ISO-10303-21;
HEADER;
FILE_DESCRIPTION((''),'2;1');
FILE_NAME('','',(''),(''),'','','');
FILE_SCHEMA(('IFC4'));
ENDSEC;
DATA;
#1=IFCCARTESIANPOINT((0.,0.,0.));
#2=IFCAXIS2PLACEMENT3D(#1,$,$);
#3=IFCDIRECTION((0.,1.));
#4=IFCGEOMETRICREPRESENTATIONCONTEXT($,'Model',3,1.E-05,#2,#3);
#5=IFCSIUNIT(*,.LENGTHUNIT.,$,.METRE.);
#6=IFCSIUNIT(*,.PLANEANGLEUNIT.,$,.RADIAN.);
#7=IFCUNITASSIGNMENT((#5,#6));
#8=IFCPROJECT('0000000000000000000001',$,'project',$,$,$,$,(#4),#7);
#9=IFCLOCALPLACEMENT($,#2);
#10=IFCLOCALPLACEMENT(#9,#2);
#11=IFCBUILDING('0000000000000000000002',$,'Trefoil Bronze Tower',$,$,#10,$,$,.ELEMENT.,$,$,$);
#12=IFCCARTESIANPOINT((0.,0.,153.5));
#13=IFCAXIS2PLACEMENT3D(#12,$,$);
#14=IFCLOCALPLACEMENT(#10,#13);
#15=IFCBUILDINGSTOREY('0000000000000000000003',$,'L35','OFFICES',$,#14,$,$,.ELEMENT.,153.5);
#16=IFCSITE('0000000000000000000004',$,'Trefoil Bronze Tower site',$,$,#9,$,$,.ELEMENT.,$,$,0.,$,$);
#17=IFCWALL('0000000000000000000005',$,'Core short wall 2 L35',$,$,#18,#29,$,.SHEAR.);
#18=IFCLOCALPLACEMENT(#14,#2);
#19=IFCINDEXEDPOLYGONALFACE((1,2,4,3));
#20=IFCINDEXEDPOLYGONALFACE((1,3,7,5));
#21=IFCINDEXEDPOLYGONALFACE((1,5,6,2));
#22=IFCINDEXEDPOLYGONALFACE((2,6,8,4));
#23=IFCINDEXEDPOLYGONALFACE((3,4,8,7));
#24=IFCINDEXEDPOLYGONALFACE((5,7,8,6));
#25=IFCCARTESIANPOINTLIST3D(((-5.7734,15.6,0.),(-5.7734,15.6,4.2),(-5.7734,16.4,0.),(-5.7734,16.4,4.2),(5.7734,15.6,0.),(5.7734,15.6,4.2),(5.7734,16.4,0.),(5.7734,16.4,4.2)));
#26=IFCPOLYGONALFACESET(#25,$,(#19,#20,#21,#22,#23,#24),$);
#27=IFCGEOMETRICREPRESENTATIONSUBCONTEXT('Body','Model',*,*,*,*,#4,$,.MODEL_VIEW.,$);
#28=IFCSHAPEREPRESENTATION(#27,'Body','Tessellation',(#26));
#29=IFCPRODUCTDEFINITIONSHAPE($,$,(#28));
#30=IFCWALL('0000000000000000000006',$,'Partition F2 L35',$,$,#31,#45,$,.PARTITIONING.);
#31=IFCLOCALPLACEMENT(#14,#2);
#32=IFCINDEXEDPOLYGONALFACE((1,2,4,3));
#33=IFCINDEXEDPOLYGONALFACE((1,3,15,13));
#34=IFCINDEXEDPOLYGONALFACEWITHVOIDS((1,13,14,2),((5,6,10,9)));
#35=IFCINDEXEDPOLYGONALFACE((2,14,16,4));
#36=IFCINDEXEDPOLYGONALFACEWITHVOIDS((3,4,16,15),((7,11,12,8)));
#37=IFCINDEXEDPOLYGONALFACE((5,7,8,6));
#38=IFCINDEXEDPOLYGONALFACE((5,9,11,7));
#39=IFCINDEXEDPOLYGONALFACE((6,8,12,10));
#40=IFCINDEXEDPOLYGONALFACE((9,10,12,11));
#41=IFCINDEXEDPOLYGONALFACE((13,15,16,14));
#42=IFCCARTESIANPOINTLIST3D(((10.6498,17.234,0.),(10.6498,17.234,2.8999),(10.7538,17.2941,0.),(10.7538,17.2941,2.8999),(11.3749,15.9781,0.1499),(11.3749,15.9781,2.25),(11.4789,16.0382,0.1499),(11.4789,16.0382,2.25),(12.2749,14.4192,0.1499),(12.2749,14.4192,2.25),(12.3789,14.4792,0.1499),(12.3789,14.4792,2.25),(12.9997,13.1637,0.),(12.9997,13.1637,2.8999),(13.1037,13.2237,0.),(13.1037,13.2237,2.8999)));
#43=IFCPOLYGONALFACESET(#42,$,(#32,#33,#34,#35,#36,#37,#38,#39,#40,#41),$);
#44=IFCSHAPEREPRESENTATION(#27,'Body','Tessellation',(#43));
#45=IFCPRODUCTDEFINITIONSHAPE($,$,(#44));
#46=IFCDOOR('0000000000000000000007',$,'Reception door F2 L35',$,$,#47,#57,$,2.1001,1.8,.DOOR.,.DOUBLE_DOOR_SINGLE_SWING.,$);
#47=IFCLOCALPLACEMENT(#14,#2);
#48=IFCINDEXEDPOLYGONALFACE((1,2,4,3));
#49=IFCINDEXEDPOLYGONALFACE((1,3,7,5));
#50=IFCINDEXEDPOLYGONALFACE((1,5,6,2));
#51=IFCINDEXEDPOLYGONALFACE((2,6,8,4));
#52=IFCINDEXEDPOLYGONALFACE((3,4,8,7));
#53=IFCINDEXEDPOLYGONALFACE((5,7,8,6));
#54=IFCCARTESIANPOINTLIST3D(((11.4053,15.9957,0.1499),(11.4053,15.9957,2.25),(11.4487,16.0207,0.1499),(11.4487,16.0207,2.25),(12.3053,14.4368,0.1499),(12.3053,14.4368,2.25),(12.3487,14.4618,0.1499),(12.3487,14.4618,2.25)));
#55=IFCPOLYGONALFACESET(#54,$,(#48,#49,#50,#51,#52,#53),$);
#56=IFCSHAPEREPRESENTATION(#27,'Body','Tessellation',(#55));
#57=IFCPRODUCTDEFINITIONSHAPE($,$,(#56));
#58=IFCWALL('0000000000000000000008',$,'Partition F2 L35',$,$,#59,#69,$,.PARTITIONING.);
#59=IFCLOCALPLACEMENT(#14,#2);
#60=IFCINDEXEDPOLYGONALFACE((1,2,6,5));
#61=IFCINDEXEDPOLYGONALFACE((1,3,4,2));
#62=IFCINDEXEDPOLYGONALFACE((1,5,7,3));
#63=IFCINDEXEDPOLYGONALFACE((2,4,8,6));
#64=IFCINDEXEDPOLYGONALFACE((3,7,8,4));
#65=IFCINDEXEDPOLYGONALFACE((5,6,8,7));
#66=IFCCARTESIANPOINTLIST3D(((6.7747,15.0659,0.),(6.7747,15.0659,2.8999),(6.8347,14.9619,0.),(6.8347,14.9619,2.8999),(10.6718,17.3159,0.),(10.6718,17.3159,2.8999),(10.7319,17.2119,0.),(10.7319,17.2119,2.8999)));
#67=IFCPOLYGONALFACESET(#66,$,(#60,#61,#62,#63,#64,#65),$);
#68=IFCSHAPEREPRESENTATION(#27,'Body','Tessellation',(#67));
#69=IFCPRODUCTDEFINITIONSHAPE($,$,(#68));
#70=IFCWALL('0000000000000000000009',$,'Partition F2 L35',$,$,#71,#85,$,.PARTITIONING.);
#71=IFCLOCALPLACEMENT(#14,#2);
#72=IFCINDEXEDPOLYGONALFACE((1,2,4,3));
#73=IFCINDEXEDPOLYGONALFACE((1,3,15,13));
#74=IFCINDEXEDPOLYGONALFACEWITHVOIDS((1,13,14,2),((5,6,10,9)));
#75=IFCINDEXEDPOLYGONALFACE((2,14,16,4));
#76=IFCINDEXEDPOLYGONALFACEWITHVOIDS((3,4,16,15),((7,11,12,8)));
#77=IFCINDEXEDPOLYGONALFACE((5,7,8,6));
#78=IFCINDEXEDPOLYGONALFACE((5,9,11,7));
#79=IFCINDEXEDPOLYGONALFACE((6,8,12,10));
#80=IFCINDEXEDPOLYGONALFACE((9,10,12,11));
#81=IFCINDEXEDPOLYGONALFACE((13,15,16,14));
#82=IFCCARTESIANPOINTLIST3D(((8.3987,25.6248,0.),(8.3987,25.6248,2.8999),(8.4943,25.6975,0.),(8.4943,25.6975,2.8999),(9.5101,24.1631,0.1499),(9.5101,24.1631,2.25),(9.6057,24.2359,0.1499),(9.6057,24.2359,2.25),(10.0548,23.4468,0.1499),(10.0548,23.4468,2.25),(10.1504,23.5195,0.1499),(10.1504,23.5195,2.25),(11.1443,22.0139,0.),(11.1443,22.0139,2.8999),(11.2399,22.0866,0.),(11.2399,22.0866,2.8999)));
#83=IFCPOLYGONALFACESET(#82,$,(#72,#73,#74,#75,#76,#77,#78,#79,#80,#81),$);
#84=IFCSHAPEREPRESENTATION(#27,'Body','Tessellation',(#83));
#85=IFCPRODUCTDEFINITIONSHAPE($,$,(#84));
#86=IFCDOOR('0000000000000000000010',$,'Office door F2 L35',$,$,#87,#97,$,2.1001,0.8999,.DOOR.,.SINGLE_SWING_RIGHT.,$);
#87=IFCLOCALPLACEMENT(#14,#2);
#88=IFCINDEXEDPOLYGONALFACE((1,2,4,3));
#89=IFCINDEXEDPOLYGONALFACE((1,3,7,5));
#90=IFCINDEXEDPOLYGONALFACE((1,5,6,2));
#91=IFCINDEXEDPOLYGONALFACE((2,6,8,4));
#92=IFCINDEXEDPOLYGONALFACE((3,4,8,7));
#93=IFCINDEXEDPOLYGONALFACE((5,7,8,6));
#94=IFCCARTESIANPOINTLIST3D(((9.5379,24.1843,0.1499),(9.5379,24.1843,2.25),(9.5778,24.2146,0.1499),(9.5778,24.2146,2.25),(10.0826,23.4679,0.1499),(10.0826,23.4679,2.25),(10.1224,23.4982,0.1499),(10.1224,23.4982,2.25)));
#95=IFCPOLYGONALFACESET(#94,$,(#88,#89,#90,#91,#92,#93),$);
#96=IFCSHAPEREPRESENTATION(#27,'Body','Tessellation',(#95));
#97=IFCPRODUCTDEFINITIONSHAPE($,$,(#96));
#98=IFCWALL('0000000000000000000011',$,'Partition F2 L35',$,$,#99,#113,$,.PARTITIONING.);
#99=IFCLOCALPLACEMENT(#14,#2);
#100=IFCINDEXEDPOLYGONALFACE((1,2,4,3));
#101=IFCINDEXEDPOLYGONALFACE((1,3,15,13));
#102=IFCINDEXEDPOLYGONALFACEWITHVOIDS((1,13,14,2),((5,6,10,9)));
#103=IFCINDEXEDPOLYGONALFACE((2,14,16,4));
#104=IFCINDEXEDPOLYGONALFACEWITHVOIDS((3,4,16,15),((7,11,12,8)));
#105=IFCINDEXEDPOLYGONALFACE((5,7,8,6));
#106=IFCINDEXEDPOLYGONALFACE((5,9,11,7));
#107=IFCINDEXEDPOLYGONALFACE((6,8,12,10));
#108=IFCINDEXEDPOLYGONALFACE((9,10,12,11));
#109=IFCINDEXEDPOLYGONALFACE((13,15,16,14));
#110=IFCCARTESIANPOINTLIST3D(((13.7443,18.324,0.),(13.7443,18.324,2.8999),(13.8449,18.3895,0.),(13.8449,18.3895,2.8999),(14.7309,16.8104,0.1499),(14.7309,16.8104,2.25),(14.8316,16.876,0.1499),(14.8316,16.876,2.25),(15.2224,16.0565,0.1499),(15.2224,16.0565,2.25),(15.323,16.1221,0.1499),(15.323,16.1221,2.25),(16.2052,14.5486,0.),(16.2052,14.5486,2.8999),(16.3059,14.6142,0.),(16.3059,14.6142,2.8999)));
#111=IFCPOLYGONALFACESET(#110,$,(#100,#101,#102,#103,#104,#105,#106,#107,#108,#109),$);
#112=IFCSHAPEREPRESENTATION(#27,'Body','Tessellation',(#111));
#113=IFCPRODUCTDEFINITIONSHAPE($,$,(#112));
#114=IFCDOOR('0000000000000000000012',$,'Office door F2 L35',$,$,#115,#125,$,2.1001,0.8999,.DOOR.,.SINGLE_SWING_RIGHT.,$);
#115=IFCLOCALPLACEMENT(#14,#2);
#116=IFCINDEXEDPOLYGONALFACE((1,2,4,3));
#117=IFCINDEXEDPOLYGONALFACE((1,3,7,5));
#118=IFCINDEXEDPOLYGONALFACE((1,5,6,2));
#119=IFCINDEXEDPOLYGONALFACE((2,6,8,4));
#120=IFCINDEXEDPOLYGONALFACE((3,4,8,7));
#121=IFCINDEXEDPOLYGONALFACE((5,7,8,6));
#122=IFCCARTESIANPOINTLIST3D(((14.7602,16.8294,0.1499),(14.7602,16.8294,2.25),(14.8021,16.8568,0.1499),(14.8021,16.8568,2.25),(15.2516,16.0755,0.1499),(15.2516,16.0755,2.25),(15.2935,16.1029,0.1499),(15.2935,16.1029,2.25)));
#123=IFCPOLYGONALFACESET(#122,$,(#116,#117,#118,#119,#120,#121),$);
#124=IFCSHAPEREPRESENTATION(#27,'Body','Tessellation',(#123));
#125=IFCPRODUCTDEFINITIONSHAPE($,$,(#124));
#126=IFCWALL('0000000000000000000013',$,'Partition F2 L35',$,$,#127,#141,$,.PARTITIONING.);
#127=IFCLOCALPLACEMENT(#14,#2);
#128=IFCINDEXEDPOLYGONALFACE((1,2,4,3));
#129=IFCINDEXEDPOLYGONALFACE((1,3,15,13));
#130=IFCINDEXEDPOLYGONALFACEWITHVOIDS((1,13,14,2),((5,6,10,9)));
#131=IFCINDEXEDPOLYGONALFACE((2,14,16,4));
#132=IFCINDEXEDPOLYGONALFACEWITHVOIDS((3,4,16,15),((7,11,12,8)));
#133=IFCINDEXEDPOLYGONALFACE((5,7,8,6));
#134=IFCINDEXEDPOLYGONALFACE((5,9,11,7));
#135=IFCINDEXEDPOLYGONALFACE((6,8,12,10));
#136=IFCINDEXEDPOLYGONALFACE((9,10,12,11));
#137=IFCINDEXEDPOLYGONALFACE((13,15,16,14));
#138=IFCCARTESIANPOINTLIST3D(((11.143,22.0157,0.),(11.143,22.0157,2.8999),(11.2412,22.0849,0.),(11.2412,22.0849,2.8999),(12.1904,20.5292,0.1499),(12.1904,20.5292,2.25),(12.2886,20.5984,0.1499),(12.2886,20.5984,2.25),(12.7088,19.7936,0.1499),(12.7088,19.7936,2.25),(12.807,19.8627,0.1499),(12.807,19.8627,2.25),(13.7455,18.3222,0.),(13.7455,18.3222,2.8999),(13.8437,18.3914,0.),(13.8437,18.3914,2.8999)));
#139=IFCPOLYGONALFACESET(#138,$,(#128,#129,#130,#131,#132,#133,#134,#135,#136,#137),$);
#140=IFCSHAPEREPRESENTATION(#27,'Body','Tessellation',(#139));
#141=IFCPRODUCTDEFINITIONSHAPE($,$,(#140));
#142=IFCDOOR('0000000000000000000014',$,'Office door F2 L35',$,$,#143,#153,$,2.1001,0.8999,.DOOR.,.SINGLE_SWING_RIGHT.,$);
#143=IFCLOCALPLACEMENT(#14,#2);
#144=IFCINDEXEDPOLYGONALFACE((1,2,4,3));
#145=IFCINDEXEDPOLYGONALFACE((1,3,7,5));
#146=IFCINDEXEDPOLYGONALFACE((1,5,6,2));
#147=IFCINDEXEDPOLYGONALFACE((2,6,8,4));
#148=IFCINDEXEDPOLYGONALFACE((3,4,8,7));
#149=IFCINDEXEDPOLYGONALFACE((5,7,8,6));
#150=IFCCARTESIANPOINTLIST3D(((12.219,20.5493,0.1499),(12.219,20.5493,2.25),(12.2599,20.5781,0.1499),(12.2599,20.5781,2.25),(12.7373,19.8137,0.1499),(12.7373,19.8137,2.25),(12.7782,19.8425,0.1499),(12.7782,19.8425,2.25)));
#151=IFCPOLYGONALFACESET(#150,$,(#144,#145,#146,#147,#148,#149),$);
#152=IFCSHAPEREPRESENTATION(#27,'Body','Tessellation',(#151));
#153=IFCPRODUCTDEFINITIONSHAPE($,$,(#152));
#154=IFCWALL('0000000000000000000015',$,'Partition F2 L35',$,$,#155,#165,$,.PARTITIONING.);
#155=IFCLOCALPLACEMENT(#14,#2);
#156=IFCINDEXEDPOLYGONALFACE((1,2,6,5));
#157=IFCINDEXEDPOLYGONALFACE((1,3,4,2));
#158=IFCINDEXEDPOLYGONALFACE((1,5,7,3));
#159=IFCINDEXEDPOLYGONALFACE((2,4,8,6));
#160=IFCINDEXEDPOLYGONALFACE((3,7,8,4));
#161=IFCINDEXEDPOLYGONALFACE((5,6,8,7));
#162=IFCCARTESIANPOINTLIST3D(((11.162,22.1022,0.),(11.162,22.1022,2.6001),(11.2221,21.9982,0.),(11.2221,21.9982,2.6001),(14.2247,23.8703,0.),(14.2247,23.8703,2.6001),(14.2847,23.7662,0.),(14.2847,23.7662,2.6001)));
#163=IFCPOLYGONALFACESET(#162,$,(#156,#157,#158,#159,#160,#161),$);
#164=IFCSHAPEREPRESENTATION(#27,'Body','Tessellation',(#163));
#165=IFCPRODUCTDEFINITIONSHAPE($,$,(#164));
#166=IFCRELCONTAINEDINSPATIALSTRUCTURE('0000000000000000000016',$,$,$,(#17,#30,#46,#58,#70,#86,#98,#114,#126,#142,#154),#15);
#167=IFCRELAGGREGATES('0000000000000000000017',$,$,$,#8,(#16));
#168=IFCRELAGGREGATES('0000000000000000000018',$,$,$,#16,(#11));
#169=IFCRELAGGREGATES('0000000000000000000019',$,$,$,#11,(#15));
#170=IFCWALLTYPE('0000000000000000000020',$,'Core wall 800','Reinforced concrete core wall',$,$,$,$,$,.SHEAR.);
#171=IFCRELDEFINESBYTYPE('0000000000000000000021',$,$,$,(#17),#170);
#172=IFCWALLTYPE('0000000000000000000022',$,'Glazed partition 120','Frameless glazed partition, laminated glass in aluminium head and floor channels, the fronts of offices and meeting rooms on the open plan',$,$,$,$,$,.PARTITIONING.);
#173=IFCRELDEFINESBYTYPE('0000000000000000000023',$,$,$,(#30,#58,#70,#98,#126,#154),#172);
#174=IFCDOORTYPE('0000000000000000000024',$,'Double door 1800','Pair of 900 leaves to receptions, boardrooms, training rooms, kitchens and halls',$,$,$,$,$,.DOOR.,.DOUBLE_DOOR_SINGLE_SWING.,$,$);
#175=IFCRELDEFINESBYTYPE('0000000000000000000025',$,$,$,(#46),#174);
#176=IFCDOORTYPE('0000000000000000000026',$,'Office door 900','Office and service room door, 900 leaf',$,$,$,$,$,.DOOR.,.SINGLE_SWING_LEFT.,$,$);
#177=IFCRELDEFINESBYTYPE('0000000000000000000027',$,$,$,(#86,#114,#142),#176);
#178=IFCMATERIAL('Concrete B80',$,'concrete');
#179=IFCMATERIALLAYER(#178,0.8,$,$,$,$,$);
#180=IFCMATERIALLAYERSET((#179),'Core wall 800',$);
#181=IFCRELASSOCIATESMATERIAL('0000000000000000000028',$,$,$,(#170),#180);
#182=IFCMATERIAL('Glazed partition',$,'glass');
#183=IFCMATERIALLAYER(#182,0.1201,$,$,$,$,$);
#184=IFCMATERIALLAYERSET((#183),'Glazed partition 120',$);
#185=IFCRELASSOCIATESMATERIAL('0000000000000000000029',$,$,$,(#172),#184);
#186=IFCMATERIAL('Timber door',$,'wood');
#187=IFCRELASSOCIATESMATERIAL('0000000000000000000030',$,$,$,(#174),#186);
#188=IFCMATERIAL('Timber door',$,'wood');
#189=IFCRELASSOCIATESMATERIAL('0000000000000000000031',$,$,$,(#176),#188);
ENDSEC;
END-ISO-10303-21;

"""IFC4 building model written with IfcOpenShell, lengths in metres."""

from ifc_helpers import new_model, si_unit, direction, frame, frame_2d, origin, place, context, subcontext, project, spatial, rectangle, extrude, material, layer, layer_set, type_object, element, fill, save


model = new_model("IFC4")

# Units and contexts
model_context = context("Model", 3, precision=1e-05, world=origin(), true_north=direction((0.0, 1.0)))
body_context = subcontext(model_context, "Body", "Model", "MODEL_VIEW")
ifc_project = project(units=[si_unit("LENGTHUNIT", "METRE"), si_unit("PLANEANGLEUNIT", "RADIAN")], contexts=[model_context])

# Site, building, storey
site_placement = place(None, origin())
site = spatial("IfcSite", under=ifc_project, at=site_placement, Name="Trefoil Bronze Tower site", CompositionType="ELEMENT", RefElevation=0.0)
building_placement = place(site_placement, origin())
building = spatial("IfcBuilding", under=site, at=building_placement, Name="Trefoil Bronze Tower", CompositionType="ELEMENT")
storey_placement = place(building_placement, frame((0.0, 0.0, 153.5)))
storey = spatial("IfcBuildingStorey", under=building, at=storey_placement, Name="L35", Description="OFFICES", CompositionType="ELEMENT", Elevation=153.5)

# Wall
ifc_material_1 = material(Name="Concrete B80", Category="concrete")
ifc_layer_1 = layer(ifc_material_1, 0.8)
ifc_layer_set_1 = layer_set([ifc_layer_1], Name="Core wall 800")
wall_type_1 = type_object("IfcWallType", Name="Core wall 800", Description="Reinforced concrete core wall", PredefinedType="SHEAR", material=ifc_layer_set_1)
wall_1_placement = place(storey_placement, frame((5.7734, 16.0, 0.0), z_axis=(0.0, 0.0, 1.0), x_axis=(-1.0, 0.0, 0.0)))
element("IfcWall", 1, at=wall_1_placement, inside=storey, type_object=wall_type_1, Name="Core short wall 2 L35", PredefinedType="SHEAR", context=body_context, shape_type="SweptSolid", body=[
    extrude(rectangle(XDim=11.5469, YDim=0.8, at=frame_2d((5.7734, 0.0))), origin(), (0.0, 0.0, 1.0), 4.2),
])

# Wall, opening, door
ifc_material_2 = material(Name="Glazed partition", Category="glass")
ifc_layer_2 = layer(ifc_material_2, 0.1201)
ifc_layer_set_2 = layer_set([ifc_layer_2], Name="Glazed partition 120")
wall_type_2 = type_object("IfcWallType", Name="Glazed partition 120", Description="Frameless glazed partition, laminated glass in aluminium head and floor channels, the fronts of offices and meeting rooms on the open plan", PredefinedType="PARTITIONING", material=ifc_layer_set_2)
wall_2_placement = place(storey_placement, frame((13.0518, 13.1936, 0.0), z_axis=(0.0, 0.0, 1.0), x_axis=(-0.499977, 0.866039, 0.0)))
wall_2 = element("IfcWall", 2, at=wall_2_placement, inside=storey, type_object=wall_type_2, Name="Partition F2 L35", PredefinedType="PARTITIONING", context=body_context, shape_type="SweptSolid", body=[
    extrude(rectangle(XDim=4.7, YDim=0.1201, at=frame_2d((2.3501, 0.0))), origin(), (0.0, 0.0, 1.0), 2.8999),
])
opening_1_placement = place(wall_2_placement, frame((1.45, 0.0, 0.1499)))
opening_1 = element("IfcOpeningElement", 3, at=opening_1_placement, cuts=wall_2, PredefinedType="OPENING", context=body_context, shape_type="SweptSolid", body=[
    extrude(rectangle(XDim=1.8, YDim=2.1001, at=frame_2d((0.8999, 1.05))), frame((0.0, 0.0701, 0.0), z_axis=(0.0, -1.0, 0.0), x_axis=(1.0, 0.0, 0.0)), (0.0, 0.0, 1.0), 0.1401),
])
ifc_material_3 = material(Name="Timber door", Category="wood")
door_type_1 = type_object("IfcDoorType", Name="Double door 1800", Description="Pair of 900 leaves to receptions, boardrooms, training rooms, kitchens and halls", OperationType="DOUBLE_DOOR_SINGLE_SWING", PredefinedType="DOOR", material=ifc_material_3)
door_1_placement = place(opening_1_placement, origin())
door_1 = element("IfcDoor", 4, at=door_1_placement, inside=storey, type_object=door_type_1, Name="Reception door F2 L35", OperationType="DOUBLE_DOOR_SINGLE_SWING", OverallHeight=2.1001, OverallWidth=1.8, PredefinedType="DOOR", context=body_context, shape_type="SweptSolid", body=[
    extrude(rectangle(XDim=1.8, YDim=2.1001, at=frame_2d((0.8999, 1.05))), frame((0.0, 0.0249, 0.0), z_axis=(0.0, -1.0, 0.0), x_axis=(1.0, 0.0, 0.0)), (0.0, 0.0, 1.0), 0.05),
])
fill(opening_1, door_1)

# Wall
wall_3_placement = place(storey_placement, frame((6.8047, 15.0139, 0.0), z_axis=(0.0, 0.0, 1.0), x_axis=(0.866031, 0.49999, 0.0)))
element("IfcWall", 5, at=wall_3_placement, inside=storey, type_object=wall_type_2, Name="Partition F2 L35", PredefinedType="PARTITIONING", context=body_context, shape_type="SweptSolid", body=[
    extrude(rectangle(XDim=4.5, YDim=0.1201, at=frame_2d((2.25, 0.0))), origin(), (0.0, 0.0, 1.0), 2.8999),
])

# Walls, openings, doors
wall_4_placement = place(storey_placement, frame((11.1921, 22.0503, 0.0), z_axis=(0.0, 0.0, 1.0), x_axis=(-0.605274, 0.796017, 0.0)))
wall_4 = element("IfcWall", 6, at=wall_4_placement, inside=storey, type_object=wall_type_2, Name="Partition F2 L35", PredefinedType="PARTITIONING", context=body_context, shape_type="SweptSolid", body=[
    extrude(rectangle(XDim=4.5361, YDim=0.1201, at=frame_2d((2.2681, 0.0))), origin(), (0.0, 0.0, 1.0), 2.8999),
])
opening_2_placement = place(wall_4_placement, frame((1.8, 0.0, 0.1499)))
opening_2 = element("IfcOpeningElement", 7, at=opening_2_placement, cuts=wall_4, PredefinedType="OPENING", context=body_context, shape_type="SweptSolid", body=[
    extrude(rectangle(XDim=0.8999, YDim=2.1001, at=frame_2d((0.45, 1.05))), frame((0.0, 0.0701, 0.0), z_axis=(0.0, -1.0, 0.0), x_axis=(1.0, 0.0, 0.0)), (0.0, 0.0, 1.0), 0.1401),
])
ifc_material_4 = material(Name="Timber door", Category="wood")
door_type_2 = type_object("IfcDoorType", Name="Office door 900", Description="Office and service room door, 900 leaf", OperationType="SINGLE_SWING_LEFT", PredefinedType="DOOR", material=ifc_material_4)
door_2_placement = place(opening_2_placement, frame((0.8999, 0.0, 0.0), z_axis=(0.0, 0.0, 1.0), x_axis=(-1.0, 0.0, 0.0)))
door_2 = element("IfcDoor", 8, at=door_2_placement, inside=storey, type_object=door_type_2, Name="Office door F2 L35", OperationType="SINGLE_SWING_RIGHT", OverallHeight=2.1001, OverallWidth=0.8999, PredefinedType="DOOR", context=body_context, shape_type="SweptSolid", body=[
    extrude(rectangle(XDim=0.8999, YDim=2.1001, at=frame_2d((0.45, 1.05))), frame((0.0, 0.0249, 0.0), z_axis=(0.0, -1.0, 0.0), x_axis=(1.0, 0.0, 0.0)), (0.0, 0.0, 1.0), 0.05),
])
fill(opening_2, door_2)
wall_5_placement = place(storey_placement, frame((16.2556, 14.5813, 0.0), z_axis=(0.0, 0.0, 1.0), x_axis=(-0.546069, 0.83774, 0.0)))
wall_5 = element("IfcWall", 9, at=wall_5_placement, inside=storey, type_object=wall_type_2, Name="Partition F2 L35", PredefinedType="PARTITIONING", context=body_context, shape_type="SweptSolid", body=[
    extrude(rectangle(XDim=4.5066, YDim=0.1201, at=frame_2d((2.2534, 0.0))), origin(), (0.0, 0.0, 1.0), 2.8999),
])
opening_3_placement = place(wall_5_placement, frame((1.8, 0.0, 0.1499)))
opening_3 = element("IfcOpeningElement", 10, at=opening_3_placement, cuts=wall_5, PredefinedType="OPENING", context=body_context, shape_type="SweptSolid", body=[
    extrude(rectangle(XDim=0.8999, YDim=2.1001, at=frame_2d((0.45, 1.05))), frame((0.0, 0.0701, 0.0), z_axis=(0.0, -1.0, 0.0), x_axis=(1.0, 0.0, 0.0)), (0.0, 0.0, 1.0), 0.1401),
])
door_3_placement = place(opening_3_placement, frame((0.8999, 0.0, 0.0), z_axis=(0.0, 0.0, 1.0), x_axis=(-1.0, 0.0, 0.0)))
door_3 = element("IfcDoor", 11, at=door_3_placement, inside=storey, type_object=door_type_2, Name="Office door F2 L35", OperationType="SINGLE_SWING_RIGHT", OverallHeight=2.1001, OverallWidth=0.8999, PredefinedType="DOOR", context=body_context, shape_type="SweptSolid", body=[
    extrude(rectangle(XDim=0.8999, YDim=2.1001, at=frame_2d((0.45, 1.05))), frame((0.0, 0.0249, 0.0), z_axis=(0.0, -1.0, 0.0), x_axis=(1.0, 0.0, 0.0)), (0.0, 0.0, 1.0), 0.05),
])
fill(opening_3, door_3)
wall_6_placement = place(storey_placement, frame((13.7947, 18.3567, 0.0), z_axis=(0.0, 0.0, 1.0), x_axis=(-0.575987, 0.817459, 0.0)))
wall_6 = element("IfcWall", 12, at=wall_6_placement, inside=storey, type_object=wall_type_2, Name="Partition F2 L35", PredefinedType="PARTITIONING", context=body_context, shape_type="SweptSolid", body=[
    extrude(rectangle(XDim=4.5183, YDim=0.1201, at=frame_2d((2.2593, 0.0))), origin(), (0.0, 0.0, 1.0), 2.8999),
])
opening_4_placement = place(wall_6_placement, frame((1.8, 0.0, 0.1499)))
opening_4 = element("IfcOpeningElement", 13, at=opening_4_placement, cuts=wall_6, PredefinedType="OPENING", context=body_context, shape_type="SweptSolid", body=[
    extrude(rectangle(XDim=0.8999, YDim=2.1001, at=frame_2d((0.45, 1.05))), frame((0.0, 0.0701, 0.0), z_axis=(0.0, -1.0, 0.0), x_axis=(1.0, 0.0, 0.0)), (0.0, 0.0, 1.0), 0.1401),
])
door_4_placement = place(opening_4_placement, frame((0.8999, 0.0, 0.0), z_axis=(0.0, 0.0, 1.0), x_axis=(-1.0, 0.0, 0.0)))
door_4 = element("IfcDoor", 14, at=door_4_placement, inside=storey, type_object=door_type_2, Name="Office door F2 L35", OperationType="SINGLE_SWING_RIGHT", OverallHeight=2.1001, OverallWidth=0.8999, PredefinedType="DOOR", context=body_context, shape_type="SweptSolid", body=[
    extrude(rectangle(XDim=0.8999, YDim=2.1001, at=frame_2d((0.45, 1.05))), frame((0.0, 0.0249, 0.0), z_axis=(0.0, -1.0, 0.0), x_axis=(1.0, 0.0, 0.0)), (0.0, 0.0, 1.0), 0.05),
])
fill(opening_4, door_4)

# Wall
wall_7_placement = place(storey_placement, frame((11.1921, 22.0503, 0.0), z_axis=(0.0, 0.0, 1.0), x_axis=(0.866051, 0.499956, 0.0)))
element("IfcWall", 15, at=wall_7_placement, inside=storey, type_object=wall_type_2, Name="Partition F2 L35", PredefinedType="PARTITIONING", context=body_context, shape_type="SweptSolid", body=[
    extrude(rectangle(XDim=3.5364, YDim=0.1201, at=frame_2d((1.7681, 0.0))), origin(), (0.0, 0.0, 1.0), 2.6001),
])

save(model, "model.ifc")
